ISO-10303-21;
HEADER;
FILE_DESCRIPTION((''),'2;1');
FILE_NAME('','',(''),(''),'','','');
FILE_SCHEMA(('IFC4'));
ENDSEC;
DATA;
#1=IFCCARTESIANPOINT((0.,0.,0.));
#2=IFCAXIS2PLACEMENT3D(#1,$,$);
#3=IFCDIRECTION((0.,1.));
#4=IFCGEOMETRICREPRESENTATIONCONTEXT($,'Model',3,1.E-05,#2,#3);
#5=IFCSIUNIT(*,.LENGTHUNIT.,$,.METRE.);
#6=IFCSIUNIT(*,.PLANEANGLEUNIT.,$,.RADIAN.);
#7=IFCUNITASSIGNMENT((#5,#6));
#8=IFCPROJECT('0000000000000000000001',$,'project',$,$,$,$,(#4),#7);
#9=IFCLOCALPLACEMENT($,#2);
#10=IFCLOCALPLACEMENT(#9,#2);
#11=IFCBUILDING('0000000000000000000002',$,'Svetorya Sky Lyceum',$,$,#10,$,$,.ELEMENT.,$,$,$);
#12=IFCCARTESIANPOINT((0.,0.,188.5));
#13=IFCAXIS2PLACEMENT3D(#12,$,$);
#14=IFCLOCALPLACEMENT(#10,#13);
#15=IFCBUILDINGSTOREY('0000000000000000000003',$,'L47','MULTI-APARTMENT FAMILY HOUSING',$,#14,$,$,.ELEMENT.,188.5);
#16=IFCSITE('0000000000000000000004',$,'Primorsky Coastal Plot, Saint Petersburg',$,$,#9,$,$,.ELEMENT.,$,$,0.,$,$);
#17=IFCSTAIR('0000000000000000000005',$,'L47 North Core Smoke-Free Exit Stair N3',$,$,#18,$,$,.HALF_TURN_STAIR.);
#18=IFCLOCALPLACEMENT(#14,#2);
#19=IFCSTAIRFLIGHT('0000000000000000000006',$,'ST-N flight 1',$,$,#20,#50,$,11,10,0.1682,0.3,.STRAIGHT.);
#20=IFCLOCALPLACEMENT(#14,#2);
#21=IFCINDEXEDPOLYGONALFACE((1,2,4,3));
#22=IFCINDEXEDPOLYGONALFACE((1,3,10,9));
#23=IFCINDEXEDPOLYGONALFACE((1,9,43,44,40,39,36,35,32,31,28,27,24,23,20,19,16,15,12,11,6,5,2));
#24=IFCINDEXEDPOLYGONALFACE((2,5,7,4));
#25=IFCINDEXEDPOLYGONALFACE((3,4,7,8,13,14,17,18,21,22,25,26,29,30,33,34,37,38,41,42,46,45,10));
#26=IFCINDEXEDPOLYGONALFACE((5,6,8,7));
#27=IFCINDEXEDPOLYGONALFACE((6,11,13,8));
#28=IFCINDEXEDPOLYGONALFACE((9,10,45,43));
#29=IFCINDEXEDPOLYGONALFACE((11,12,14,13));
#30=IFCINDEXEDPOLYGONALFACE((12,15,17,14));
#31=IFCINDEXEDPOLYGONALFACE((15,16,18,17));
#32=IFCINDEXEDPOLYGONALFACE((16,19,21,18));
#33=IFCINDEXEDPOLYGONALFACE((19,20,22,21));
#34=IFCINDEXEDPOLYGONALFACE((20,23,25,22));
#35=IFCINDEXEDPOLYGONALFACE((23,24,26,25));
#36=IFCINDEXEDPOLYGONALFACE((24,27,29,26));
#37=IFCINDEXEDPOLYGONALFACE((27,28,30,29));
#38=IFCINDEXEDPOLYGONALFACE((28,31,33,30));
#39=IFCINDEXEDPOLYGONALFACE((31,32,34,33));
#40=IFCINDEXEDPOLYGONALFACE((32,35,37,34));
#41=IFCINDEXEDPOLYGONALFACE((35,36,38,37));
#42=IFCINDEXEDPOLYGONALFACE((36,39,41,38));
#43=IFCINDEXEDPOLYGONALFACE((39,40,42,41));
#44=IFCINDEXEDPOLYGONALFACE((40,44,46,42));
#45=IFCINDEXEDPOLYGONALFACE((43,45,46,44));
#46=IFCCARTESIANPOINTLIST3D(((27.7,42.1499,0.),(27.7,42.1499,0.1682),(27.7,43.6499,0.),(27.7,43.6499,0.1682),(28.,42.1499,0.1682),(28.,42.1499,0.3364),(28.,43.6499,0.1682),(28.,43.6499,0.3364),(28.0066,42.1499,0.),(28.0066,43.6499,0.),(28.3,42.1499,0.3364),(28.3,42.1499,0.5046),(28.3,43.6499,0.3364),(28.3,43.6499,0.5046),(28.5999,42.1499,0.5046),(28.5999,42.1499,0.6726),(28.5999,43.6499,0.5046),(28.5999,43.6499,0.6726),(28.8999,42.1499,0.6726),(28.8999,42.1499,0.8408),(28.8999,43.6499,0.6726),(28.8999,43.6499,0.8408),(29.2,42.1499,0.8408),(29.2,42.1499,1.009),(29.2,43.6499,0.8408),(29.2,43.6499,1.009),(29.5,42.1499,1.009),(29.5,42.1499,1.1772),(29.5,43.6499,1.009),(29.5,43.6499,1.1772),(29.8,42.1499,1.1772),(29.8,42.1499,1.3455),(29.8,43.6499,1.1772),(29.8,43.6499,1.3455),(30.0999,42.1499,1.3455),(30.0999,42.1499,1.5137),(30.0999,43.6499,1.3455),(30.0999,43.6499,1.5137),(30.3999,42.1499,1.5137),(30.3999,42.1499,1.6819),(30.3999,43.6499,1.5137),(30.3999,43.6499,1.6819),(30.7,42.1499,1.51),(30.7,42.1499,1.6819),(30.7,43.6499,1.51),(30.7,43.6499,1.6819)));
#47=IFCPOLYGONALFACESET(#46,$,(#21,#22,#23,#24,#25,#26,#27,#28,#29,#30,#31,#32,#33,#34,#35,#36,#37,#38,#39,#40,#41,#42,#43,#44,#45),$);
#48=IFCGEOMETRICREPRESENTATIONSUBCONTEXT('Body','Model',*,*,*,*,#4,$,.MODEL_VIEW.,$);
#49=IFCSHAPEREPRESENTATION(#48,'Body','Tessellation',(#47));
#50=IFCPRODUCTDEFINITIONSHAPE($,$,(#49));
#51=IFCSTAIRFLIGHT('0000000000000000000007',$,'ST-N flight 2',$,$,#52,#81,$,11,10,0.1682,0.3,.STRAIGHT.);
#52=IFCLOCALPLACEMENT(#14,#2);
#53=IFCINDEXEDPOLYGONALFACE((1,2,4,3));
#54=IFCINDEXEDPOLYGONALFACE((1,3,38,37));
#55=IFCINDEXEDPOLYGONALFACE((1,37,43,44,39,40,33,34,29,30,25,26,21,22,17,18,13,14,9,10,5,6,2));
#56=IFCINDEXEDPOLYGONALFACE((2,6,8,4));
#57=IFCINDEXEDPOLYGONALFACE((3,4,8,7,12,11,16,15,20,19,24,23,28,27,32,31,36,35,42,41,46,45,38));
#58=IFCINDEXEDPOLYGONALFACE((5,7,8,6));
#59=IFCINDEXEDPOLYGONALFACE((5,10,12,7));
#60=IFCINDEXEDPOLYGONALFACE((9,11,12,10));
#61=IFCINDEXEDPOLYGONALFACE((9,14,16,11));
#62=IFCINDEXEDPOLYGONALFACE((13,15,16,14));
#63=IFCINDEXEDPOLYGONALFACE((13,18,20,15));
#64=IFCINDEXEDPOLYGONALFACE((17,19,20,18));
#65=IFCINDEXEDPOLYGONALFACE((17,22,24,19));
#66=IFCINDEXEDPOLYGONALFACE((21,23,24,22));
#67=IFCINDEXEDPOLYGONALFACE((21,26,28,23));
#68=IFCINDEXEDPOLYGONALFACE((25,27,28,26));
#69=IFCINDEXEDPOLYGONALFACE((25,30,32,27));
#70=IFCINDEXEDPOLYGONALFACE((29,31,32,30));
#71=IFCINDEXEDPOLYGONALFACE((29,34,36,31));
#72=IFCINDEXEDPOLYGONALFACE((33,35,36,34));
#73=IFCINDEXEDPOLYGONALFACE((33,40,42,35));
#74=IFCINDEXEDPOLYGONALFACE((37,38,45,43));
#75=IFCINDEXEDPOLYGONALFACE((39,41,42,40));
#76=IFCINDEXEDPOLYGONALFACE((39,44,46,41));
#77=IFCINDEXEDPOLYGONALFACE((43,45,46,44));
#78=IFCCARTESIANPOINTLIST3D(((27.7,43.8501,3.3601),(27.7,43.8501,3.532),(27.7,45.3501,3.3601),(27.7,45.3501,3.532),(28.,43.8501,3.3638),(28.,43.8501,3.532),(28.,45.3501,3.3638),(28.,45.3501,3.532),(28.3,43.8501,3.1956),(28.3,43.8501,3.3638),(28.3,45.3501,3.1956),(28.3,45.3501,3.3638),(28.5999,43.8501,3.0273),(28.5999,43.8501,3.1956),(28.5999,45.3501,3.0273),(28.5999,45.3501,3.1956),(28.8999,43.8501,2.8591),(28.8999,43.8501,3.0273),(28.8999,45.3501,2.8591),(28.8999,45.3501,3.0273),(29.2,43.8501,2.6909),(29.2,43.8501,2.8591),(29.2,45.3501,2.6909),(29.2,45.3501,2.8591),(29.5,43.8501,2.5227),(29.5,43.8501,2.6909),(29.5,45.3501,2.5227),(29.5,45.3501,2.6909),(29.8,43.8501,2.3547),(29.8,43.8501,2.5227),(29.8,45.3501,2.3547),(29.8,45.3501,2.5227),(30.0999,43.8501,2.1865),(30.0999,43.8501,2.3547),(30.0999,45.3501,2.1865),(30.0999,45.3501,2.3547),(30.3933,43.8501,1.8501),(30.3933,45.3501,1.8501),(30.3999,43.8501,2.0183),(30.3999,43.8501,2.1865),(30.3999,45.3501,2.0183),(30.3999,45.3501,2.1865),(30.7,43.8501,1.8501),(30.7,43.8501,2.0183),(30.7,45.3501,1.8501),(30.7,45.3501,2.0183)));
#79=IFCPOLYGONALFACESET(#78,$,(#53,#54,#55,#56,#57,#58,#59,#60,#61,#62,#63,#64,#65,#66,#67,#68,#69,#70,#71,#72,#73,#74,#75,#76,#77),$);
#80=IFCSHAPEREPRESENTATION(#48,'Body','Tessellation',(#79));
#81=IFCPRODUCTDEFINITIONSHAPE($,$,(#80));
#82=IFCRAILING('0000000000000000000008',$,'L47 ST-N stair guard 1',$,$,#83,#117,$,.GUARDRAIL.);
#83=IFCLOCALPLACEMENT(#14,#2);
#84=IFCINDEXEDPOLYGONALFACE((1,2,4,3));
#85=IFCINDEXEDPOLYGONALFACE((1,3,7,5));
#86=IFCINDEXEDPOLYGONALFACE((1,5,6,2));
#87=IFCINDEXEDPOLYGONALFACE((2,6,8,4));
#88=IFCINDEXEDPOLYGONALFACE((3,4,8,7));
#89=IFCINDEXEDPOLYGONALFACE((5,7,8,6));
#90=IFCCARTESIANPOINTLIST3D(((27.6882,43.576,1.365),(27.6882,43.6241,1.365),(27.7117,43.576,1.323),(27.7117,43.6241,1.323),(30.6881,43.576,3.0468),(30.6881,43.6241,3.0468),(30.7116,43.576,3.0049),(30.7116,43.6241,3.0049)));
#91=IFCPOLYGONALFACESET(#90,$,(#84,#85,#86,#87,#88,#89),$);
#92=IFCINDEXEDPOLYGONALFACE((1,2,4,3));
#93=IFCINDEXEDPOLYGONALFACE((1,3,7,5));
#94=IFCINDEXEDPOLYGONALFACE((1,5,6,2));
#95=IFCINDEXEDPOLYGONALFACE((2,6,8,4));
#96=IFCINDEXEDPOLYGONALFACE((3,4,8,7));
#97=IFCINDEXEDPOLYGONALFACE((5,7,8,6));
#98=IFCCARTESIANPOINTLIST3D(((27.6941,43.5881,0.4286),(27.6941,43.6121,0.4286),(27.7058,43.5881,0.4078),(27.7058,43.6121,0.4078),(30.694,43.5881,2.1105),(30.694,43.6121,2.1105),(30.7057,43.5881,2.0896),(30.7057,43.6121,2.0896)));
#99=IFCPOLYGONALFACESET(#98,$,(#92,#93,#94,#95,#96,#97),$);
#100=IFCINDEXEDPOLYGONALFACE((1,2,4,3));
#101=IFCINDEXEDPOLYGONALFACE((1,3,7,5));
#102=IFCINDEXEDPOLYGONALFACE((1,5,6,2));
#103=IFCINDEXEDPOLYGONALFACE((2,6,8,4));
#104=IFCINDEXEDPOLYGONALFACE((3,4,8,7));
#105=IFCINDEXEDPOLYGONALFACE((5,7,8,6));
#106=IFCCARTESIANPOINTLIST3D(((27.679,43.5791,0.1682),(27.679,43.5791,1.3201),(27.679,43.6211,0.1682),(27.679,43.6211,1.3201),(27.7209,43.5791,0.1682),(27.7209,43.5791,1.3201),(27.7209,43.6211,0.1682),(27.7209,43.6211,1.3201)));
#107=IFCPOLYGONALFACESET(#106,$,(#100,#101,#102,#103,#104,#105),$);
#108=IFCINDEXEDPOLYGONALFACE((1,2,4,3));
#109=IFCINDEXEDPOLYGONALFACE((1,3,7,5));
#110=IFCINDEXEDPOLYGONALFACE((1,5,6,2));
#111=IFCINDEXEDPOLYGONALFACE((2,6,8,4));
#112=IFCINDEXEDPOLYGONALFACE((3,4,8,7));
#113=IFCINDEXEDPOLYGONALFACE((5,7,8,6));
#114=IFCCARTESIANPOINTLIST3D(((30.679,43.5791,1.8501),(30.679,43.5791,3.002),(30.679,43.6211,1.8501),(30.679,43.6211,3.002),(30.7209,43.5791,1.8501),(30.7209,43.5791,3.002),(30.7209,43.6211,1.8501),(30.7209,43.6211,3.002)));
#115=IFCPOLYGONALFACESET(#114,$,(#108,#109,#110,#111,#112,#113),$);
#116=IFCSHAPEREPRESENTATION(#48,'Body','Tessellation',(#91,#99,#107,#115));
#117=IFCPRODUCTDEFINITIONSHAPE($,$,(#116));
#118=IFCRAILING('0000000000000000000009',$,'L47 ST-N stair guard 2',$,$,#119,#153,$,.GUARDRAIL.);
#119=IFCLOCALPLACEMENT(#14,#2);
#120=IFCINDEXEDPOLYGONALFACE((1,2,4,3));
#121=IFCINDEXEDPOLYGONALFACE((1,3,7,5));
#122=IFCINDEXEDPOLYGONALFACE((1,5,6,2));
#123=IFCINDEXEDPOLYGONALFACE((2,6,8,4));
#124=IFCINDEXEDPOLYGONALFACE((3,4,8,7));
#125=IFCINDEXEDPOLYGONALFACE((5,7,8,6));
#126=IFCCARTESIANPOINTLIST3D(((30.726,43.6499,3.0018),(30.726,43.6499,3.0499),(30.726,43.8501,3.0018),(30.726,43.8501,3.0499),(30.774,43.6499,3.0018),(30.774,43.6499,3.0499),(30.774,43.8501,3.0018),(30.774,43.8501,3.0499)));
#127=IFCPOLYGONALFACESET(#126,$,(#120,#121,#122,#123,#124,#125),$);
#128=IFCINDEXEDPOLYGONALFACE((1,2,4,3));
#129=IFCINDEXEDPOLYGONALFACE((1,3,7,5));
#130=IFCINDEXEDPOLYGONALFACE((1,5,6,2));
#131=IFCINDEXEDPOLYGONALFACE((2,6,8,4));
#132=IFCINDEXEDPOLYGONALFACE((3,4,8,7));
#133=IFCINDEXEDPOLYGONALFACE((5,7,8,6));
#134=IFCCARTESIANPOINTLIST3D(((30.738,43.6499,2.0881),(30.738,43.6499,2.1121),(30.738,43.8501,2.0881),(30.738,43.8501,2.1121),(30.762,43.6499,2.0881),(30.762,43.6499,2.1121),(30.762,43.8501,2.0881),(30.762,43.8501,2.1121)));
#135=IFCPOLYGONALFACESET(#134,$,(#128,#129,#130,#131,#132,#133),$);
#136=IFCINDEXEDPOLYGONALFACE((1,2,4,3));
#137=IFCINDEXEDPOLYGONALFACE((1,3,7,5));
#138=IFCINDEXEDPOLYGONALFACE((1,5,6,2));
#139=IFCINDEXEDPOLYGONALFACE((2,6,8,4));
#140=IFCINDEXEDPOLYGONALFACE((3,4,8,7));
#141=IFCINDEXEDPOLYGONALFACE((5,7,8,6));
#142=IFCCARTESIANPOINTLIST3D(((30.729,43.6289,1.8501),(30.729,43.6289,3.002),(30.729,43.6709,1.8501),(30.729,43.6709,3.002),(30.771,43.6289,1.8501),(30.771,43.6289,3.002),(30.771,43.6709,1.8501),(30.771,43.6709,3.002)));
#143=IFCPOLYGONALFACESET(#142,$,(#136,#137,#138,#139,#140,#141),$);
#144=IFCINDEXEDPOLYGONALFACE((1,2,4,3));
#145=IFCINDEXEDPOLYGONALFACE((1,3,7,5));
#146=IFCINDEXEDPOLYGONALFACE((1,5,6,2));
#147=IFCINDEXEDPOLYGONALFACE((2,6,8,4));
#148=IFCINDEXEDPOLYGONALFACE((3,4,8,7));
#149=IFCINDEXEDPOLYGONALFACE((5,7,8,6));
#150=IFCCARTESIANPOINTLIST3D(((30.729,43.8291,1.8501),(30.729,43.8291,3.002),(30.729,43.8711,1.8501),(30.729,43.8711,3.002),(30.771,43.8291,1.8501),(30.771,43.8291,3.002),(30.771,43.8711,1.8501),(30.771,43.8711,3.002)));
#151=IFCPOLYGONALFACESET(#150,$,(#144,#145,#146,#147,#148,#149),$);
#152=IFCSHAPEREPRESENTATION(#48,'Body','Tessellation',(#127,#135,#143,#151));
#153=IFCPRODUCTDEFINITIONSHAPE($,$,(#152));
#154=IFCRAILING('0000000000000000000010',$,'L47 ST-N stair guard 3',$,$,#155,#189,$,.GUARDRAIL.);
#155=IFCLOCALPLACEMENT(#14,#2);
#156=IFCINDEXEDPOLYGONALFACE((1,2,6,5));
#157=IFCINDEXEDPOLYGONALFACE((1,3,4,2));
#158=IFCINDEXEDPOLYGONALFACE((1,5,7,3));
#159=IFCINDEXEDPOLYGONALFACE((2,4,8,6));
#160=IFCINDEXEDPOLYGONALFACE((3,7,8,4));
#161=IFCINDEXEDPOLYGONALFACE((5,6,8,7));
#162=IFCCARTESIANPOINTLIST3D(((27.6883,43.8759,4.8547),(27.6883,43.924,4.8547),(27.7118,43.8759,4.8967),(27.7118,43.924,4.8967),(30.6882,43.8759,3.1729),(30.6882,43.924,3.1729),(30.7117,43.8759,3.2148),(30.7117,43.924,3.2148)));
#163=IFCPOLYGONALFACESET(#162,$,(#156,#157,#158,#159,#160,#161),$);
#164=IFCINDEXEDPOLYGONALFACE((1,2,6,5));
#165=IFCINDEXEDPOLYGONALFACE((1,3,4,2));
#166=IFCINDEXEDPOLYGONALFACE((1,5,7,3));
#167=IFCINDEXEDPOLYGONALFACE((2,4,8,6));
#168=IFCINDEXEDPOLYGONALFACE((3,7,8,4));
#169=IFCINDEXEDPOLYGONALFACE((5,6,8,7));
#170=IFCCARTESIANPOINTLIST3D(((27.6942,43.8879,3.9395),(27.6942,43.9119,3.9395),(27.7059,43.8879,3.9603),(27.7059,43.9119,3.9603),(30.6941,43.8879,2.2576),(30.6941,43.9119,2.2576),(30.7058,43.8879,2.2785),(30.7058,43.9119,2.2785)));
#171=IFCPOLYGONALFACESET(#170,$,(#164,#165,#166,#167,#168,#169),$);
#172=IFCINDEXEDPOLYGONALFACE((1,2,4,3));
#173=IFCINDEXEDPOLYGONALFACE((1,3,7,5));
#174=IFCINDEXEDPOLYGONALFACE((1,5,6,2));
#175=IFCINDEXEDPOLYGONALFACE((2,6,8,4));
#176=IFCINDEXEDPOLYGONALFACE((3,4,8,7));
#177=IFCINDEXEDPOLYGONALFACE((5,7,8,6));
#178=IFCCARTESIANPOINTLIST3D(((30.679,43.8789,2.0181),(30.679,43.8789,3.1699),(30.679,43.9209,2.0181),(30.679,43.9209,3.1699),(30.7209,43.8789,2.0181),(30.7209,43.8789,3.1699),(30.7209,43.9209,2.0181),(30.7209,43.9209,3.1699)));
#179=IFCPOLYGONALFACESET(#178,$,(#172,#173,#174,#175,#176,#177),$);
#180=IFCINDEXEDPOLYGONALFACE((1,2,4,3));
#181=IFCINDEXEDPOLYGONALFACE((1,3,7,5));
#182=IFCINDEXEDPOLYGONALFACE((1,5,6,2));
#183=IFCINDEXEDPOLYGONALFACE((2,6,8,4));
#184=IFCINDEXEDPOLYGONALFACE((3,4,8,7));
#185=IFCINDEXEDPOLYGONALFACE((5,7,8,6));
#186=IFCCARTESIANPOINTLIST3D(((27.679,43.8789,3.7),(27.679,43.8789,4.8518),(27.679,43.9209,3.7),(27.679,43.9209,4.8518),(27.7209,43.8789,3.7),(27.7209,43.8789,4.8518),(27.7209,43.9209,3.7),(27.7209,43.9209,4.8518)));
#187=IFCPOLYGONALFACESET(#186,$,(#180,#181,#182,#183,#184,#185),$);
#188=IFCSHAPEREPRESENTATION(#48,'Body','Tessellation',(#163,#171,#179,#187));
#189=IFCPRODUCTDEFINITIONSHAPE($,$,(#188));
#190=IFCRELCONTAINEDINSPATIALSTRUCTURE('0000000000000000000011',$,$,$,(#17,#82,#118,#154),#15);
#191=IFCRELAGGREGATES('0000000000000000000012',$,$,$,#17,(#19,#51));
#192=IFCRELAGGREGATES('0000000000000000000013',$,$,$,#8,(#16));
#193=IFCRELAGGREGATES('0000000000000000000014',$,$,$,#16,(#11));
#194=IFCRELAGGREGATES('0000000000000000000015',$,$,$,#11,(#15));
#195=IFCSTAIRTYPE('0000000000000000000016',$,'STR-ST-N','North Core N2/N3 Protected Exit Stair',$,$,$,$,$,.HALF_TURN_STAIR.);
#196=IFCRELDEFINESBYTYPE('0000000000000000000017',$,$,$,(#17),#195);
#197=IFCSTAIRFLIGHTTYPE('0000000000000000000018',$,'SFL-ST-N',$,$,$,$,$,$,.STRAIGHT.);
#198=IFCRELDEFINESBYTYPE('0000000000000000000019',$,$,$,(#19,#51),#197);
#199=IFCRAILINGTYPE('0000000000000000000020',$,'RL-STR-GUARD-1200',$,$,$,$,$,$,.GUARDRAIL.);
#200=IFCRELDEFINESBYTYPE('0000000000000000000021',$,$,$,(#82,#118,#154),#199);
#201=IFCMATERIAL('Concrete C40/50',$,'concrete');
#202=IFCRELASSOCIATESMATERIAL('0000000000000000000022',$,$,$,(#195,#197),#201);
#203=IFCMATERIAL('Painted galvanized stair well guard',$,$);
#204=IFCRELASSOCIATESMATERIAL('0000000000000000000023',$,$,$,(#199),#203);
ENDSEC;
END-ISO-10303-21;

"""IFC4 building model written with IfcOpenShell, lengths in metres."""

from ifc_helpers import new_model, si_unit, direction, frame, origin, origin_2d, place, context, subcontext, project, spatial, polyline, rectangle, outline, extrude, material, type_object, element, aggregate, save


model = new_model("IFC4")

# Units and contexts
model_context = context("Model", 3, precision=1e-05, world=origin(), true_north=direction((0.0, 1.0)))
body_context = subcontext(model_context, "Body", "Model", "MODEL_VIEW")
ifc_project = project(units=[si_unit("LENGTHUNIT", "METRE"), si_unit("PLANEANGLEUNIT", "RADIAN")], contexts=[model_context])

# Site, building, storey
site_placement = place(None, origin())
site = spatial("IfcSite", under=ifc_project, at=site_placement, Name="Primorsky Coastal Plot, Saint Petersburg", CompositionType="ELEMENT", RefElevation=0.0)
building_placement = place(site_placement, origin())
building = spatial("IfcBuilding", under=site, at=building_placement, Name="Svetorya Sky Lyceum", CompositionType="ELEMENT")
storey_placement = place(building_placement, frame((0.0, 0.0, 188.5)))
storey = spatial("IfcBuildingStorey", under=building, at=storey_placement, Name="L47", Description="MULTI-APARTMENT FAMILY HOUSING", CompositionType="ELEMENT", Elevation=188.5)

# Shared definitions
ifc_material_1 = material(Name="Concrete C40/50", Category="concrete")

# Stair, stair flights
stair_type = type_object("IfcStairType", Name="STR-ST-N", Description="North Core N2/N3 Protected Exit Stair", PredefinedType="HALF_TURN_STAIR", material=ifc_material_1)
stair_placement = place(storey_placement, origin())
stair = element("IfcStair", 1, at=stair_placement, inside=storey, type_object=stair_type, Name="L47 North Core Smoke-Free Exit Stair N3", PredefinedType="HALF_TURN_STAIR")
stair_flight_type = type_object("IfcStairFlightType", Name="SFL-ST-N", PredefinedType="STRAIGHT", material=ifc_material_1)
stair_flight_1_placement = place(storey_placement, frame((27.7, 42.8999, 0.0), z_axis=(0.0, 0.0, 1.0), x_axis=(1.0, 0.0, 0.0)))
stair_flight_1 = element("IfcStairFlight", 2, at=stair_flight_1_placement, type_object=stair_flight_type, Name="ST-N flight 1", NumberOfRisers=11, NumberOfTreads=10, PredefinedType="STRAIGHT", RiserHeight=0.1682, TreadLength=0.3, context=body_context, shape_type="SweptSolid", body=[
    extrude(outline(polyline([(0.0, 0.0), (0.0, 0.1682), (0.3, 0.1682), (0.3, 0.3364), (0.6001, 0.3364), (0.6001, 0.5046), (0.8999, 0.5046), (0.8999, 0.6726), (1.2, 0.6726), (1.2, 0.8408), (1.5, 0.8408), (1.5, 1.009), (1.8, 1.009), (1.8, 1.1772), (2.1001, 1.1772), (2.1001, 1.3455), (2.3999, 1.3455), (2.3999, 1.5137), (2.7, 1.5137), (2.7, 1.6819), (3.0, 1.6819), (3.0, 1.8501), (3.0, 1.51), (0.3066, 0.0), (0.0, 0.0)])), frame((0.0, 0.75, 0.0), z_axis=(0.0, -1.0, 0.0), x_axis=(1.0, 0.0, 0.0)), (0.0, 0.0, 1.0), 1.5),
])
stair_flight_2_placement = place(storey_placement, frame((30.7, 44.6001, 1.8501), z_axis=(0.0, 0.0, 1.0), x_axis=(-1.0, 0.0, 0.0)))
stair_flight_2 = element("IfcStairFlight", 3, at=stair_flight_2_placement, type_object=stair_flight_type, Name="ST-N flight 2", NumberOfRisers=11, NumberOfTreads=10, PredefinedType="STRAIGHT", RiserHeight=0.1682, TreadLength=0.3, context=body_context, shape_type="SweptSolid", body=[
    extrude(outline(polyline([(0.0, 0.0), (0.0, 0.1682), (0.3, 0.1682), (0.3, 0.3364), (0.6001, 0.3364), (0.6001, 0.5046), (0.8999, 0.5046), (0.8999, 0.6726), (1.2, 0.6726), (1.2, 0.8408), (1.5, 0.8408), (1.5, 1.009), (1.8, 1.009), (1.8, 1.1772), (2.1001, 1.1772), (2.1001, 1.3455), (2.3999, 1.3455), (2.3999, 1.5137), (2.7, 1.5137), (2.7, 1.6819), (3.0, 1.6819), (3.0, 1.8501), (3.0, 1.51), (0.3066, 0.0), (0.0, 0.0)])), frame((0.0, 0.75, 0.0), z_axis=(0.0, -1.0, 0.0), x_axis=(1.0, 0.0, 0.0)), (0.0, 0.0, 1.0), 1.5),
])
aggregate(stair, [stair_flight_1, stair_flight_2])

# Railings
ifc_material_2 = material(Name="Painted galvanized stair well guard")
railing_type_1 = type_object("IfcRailingType", Name="RL-STR-GUARD-1200", PredefinedType="GUARDRAIL", material=ifc_material_2)
railing_1_placement = place(storey_placement, frame((27.7, 43.6001, 0.1682)))
element("IfcRailing", 4, at=railing_1_placement, inside=storey, type_object=railing_type_1, Name="L47 ST-N stair guard 1", PredefinedType="GUARDRAIL", context=body_context, shape_type="SweptSolid", body=[
    extrude(rectangle(XDim=0.0481, YDim=0.0481, at=origin_2d()), frame((0.0, 0.0, 1.1758), z_axis=(0.872272, 0.0, 0.48902), x_axis=(0.0, 1.0, 0.0)), (0.0, 0.0, 1.0), 3.4392),
    extrude(rectangle(XDim=0.0239, YDim=0.0239, at=origin_2d()), frame((0.0, 0.0, 0.25), z_axis=(0.872272, 0.0, 0.48902), x_axis=(0.0, 1.0, 0.0)), (0.0, 0.0, 1.0), 3.4392),
    extrude(rectangle(XDim=0.042, YDim=0.042, at=origin_2d()), origin(), (0.0, 0.0, 1.0), 1.1519),
    extrude(rectangle(XDim=0.042, YDim=0.042, at=origin_2d()), frame((3.0, 0.0, 1.6819)), (0.0, 0.0, 1.0), 1.1519),
])
railing_2_placement = place(storey_placement, frame((30.75, 43.6499, 1.8501)))
element("IfcRailing", 5, at=railing_2_placement, inside=storey, type_object=railing_type_1, Name="L47 ST-N stair guard 2", PredefinedType="GUARDRAIL", context=body_context, shape_type="SweptSolid", body=[
    extrude(rectangle(XDim=0.0481, YDim=0.0481, at=origin_2d()), frame((0.0, 0.0, 1.1758), z_axis=(0.0, 1.0, 0.0), x_axis=(-1.0, 0.0, 0.0)), (0.0, 0.0, 1.0), 0.2002),
    extrude(rectangle(XDim=0.0239, YDim=0.0239, at=origin_2d()), frame((0.0, 0.0, 0.25), z_axis=(0.0, 1.0, 0.0), x_axis=(-1.0, 0.0, 0.0)), (0.0, 0.0, 1.0), 0.2002),
    extrude(rectangle(XDim=0.042, YDim=0.042, at=origin_2d()), origin(), (0.0, 0.0, 1.0), 1.1519),
    extrude(rectangle(XDim=0.042, YDim=0.042, at=origin_2d()), frame((0.0, 0.2002, 0.0)), (0.0, 0.0, 1.0), 1.1519),
])
railing_3_placement = place(storey_placement, frame((30.7, 43.8999, 2.0181)))
element("IfcRailing", 6, at=railing_3_placement, inside=storey, type_object=railing_type_1, Name="L47 ST-N stair guard 3", PredefinedType="GUARDRAIL", context=body_context, shape_type="SweptSolid", body=[
    extrude(rectangle(XDim=0.0481, YDim=0.0481, at=origin_2d()), frame((0.0, 0.0, 1.1758), z_axis=(-0.872272, 0.0, 0.48902), x_axis=(0.0, -1.0, 0.0)), (0.0, 0.0, 1.0), 3.4392),
    extrude(rectangle(XDim=0.0239, YDim=0.0239, at=origin_2d()), frame((0.0, 0.0, 0.25), z_axis=(-0.872272, 0.0, 0.48902), x_axis=(0.0, -1.0, 0.0)), (0.0, 0.0, 1.0), 3.4392),
    extrude(rectangle(XDim=0.042, YDim=0.042, at=origin_2d()), origin(), (0.0, 0.0, 1.0), 1.1519),
    extrude(rectangle(XDim=0.042, YDim=0.042, at=origin_2d()), frame((-3.0, 0.0, 1.6819)), (0.0, 0.0, 1.0), 1.1519),
])

save(model, "model.ifc")
